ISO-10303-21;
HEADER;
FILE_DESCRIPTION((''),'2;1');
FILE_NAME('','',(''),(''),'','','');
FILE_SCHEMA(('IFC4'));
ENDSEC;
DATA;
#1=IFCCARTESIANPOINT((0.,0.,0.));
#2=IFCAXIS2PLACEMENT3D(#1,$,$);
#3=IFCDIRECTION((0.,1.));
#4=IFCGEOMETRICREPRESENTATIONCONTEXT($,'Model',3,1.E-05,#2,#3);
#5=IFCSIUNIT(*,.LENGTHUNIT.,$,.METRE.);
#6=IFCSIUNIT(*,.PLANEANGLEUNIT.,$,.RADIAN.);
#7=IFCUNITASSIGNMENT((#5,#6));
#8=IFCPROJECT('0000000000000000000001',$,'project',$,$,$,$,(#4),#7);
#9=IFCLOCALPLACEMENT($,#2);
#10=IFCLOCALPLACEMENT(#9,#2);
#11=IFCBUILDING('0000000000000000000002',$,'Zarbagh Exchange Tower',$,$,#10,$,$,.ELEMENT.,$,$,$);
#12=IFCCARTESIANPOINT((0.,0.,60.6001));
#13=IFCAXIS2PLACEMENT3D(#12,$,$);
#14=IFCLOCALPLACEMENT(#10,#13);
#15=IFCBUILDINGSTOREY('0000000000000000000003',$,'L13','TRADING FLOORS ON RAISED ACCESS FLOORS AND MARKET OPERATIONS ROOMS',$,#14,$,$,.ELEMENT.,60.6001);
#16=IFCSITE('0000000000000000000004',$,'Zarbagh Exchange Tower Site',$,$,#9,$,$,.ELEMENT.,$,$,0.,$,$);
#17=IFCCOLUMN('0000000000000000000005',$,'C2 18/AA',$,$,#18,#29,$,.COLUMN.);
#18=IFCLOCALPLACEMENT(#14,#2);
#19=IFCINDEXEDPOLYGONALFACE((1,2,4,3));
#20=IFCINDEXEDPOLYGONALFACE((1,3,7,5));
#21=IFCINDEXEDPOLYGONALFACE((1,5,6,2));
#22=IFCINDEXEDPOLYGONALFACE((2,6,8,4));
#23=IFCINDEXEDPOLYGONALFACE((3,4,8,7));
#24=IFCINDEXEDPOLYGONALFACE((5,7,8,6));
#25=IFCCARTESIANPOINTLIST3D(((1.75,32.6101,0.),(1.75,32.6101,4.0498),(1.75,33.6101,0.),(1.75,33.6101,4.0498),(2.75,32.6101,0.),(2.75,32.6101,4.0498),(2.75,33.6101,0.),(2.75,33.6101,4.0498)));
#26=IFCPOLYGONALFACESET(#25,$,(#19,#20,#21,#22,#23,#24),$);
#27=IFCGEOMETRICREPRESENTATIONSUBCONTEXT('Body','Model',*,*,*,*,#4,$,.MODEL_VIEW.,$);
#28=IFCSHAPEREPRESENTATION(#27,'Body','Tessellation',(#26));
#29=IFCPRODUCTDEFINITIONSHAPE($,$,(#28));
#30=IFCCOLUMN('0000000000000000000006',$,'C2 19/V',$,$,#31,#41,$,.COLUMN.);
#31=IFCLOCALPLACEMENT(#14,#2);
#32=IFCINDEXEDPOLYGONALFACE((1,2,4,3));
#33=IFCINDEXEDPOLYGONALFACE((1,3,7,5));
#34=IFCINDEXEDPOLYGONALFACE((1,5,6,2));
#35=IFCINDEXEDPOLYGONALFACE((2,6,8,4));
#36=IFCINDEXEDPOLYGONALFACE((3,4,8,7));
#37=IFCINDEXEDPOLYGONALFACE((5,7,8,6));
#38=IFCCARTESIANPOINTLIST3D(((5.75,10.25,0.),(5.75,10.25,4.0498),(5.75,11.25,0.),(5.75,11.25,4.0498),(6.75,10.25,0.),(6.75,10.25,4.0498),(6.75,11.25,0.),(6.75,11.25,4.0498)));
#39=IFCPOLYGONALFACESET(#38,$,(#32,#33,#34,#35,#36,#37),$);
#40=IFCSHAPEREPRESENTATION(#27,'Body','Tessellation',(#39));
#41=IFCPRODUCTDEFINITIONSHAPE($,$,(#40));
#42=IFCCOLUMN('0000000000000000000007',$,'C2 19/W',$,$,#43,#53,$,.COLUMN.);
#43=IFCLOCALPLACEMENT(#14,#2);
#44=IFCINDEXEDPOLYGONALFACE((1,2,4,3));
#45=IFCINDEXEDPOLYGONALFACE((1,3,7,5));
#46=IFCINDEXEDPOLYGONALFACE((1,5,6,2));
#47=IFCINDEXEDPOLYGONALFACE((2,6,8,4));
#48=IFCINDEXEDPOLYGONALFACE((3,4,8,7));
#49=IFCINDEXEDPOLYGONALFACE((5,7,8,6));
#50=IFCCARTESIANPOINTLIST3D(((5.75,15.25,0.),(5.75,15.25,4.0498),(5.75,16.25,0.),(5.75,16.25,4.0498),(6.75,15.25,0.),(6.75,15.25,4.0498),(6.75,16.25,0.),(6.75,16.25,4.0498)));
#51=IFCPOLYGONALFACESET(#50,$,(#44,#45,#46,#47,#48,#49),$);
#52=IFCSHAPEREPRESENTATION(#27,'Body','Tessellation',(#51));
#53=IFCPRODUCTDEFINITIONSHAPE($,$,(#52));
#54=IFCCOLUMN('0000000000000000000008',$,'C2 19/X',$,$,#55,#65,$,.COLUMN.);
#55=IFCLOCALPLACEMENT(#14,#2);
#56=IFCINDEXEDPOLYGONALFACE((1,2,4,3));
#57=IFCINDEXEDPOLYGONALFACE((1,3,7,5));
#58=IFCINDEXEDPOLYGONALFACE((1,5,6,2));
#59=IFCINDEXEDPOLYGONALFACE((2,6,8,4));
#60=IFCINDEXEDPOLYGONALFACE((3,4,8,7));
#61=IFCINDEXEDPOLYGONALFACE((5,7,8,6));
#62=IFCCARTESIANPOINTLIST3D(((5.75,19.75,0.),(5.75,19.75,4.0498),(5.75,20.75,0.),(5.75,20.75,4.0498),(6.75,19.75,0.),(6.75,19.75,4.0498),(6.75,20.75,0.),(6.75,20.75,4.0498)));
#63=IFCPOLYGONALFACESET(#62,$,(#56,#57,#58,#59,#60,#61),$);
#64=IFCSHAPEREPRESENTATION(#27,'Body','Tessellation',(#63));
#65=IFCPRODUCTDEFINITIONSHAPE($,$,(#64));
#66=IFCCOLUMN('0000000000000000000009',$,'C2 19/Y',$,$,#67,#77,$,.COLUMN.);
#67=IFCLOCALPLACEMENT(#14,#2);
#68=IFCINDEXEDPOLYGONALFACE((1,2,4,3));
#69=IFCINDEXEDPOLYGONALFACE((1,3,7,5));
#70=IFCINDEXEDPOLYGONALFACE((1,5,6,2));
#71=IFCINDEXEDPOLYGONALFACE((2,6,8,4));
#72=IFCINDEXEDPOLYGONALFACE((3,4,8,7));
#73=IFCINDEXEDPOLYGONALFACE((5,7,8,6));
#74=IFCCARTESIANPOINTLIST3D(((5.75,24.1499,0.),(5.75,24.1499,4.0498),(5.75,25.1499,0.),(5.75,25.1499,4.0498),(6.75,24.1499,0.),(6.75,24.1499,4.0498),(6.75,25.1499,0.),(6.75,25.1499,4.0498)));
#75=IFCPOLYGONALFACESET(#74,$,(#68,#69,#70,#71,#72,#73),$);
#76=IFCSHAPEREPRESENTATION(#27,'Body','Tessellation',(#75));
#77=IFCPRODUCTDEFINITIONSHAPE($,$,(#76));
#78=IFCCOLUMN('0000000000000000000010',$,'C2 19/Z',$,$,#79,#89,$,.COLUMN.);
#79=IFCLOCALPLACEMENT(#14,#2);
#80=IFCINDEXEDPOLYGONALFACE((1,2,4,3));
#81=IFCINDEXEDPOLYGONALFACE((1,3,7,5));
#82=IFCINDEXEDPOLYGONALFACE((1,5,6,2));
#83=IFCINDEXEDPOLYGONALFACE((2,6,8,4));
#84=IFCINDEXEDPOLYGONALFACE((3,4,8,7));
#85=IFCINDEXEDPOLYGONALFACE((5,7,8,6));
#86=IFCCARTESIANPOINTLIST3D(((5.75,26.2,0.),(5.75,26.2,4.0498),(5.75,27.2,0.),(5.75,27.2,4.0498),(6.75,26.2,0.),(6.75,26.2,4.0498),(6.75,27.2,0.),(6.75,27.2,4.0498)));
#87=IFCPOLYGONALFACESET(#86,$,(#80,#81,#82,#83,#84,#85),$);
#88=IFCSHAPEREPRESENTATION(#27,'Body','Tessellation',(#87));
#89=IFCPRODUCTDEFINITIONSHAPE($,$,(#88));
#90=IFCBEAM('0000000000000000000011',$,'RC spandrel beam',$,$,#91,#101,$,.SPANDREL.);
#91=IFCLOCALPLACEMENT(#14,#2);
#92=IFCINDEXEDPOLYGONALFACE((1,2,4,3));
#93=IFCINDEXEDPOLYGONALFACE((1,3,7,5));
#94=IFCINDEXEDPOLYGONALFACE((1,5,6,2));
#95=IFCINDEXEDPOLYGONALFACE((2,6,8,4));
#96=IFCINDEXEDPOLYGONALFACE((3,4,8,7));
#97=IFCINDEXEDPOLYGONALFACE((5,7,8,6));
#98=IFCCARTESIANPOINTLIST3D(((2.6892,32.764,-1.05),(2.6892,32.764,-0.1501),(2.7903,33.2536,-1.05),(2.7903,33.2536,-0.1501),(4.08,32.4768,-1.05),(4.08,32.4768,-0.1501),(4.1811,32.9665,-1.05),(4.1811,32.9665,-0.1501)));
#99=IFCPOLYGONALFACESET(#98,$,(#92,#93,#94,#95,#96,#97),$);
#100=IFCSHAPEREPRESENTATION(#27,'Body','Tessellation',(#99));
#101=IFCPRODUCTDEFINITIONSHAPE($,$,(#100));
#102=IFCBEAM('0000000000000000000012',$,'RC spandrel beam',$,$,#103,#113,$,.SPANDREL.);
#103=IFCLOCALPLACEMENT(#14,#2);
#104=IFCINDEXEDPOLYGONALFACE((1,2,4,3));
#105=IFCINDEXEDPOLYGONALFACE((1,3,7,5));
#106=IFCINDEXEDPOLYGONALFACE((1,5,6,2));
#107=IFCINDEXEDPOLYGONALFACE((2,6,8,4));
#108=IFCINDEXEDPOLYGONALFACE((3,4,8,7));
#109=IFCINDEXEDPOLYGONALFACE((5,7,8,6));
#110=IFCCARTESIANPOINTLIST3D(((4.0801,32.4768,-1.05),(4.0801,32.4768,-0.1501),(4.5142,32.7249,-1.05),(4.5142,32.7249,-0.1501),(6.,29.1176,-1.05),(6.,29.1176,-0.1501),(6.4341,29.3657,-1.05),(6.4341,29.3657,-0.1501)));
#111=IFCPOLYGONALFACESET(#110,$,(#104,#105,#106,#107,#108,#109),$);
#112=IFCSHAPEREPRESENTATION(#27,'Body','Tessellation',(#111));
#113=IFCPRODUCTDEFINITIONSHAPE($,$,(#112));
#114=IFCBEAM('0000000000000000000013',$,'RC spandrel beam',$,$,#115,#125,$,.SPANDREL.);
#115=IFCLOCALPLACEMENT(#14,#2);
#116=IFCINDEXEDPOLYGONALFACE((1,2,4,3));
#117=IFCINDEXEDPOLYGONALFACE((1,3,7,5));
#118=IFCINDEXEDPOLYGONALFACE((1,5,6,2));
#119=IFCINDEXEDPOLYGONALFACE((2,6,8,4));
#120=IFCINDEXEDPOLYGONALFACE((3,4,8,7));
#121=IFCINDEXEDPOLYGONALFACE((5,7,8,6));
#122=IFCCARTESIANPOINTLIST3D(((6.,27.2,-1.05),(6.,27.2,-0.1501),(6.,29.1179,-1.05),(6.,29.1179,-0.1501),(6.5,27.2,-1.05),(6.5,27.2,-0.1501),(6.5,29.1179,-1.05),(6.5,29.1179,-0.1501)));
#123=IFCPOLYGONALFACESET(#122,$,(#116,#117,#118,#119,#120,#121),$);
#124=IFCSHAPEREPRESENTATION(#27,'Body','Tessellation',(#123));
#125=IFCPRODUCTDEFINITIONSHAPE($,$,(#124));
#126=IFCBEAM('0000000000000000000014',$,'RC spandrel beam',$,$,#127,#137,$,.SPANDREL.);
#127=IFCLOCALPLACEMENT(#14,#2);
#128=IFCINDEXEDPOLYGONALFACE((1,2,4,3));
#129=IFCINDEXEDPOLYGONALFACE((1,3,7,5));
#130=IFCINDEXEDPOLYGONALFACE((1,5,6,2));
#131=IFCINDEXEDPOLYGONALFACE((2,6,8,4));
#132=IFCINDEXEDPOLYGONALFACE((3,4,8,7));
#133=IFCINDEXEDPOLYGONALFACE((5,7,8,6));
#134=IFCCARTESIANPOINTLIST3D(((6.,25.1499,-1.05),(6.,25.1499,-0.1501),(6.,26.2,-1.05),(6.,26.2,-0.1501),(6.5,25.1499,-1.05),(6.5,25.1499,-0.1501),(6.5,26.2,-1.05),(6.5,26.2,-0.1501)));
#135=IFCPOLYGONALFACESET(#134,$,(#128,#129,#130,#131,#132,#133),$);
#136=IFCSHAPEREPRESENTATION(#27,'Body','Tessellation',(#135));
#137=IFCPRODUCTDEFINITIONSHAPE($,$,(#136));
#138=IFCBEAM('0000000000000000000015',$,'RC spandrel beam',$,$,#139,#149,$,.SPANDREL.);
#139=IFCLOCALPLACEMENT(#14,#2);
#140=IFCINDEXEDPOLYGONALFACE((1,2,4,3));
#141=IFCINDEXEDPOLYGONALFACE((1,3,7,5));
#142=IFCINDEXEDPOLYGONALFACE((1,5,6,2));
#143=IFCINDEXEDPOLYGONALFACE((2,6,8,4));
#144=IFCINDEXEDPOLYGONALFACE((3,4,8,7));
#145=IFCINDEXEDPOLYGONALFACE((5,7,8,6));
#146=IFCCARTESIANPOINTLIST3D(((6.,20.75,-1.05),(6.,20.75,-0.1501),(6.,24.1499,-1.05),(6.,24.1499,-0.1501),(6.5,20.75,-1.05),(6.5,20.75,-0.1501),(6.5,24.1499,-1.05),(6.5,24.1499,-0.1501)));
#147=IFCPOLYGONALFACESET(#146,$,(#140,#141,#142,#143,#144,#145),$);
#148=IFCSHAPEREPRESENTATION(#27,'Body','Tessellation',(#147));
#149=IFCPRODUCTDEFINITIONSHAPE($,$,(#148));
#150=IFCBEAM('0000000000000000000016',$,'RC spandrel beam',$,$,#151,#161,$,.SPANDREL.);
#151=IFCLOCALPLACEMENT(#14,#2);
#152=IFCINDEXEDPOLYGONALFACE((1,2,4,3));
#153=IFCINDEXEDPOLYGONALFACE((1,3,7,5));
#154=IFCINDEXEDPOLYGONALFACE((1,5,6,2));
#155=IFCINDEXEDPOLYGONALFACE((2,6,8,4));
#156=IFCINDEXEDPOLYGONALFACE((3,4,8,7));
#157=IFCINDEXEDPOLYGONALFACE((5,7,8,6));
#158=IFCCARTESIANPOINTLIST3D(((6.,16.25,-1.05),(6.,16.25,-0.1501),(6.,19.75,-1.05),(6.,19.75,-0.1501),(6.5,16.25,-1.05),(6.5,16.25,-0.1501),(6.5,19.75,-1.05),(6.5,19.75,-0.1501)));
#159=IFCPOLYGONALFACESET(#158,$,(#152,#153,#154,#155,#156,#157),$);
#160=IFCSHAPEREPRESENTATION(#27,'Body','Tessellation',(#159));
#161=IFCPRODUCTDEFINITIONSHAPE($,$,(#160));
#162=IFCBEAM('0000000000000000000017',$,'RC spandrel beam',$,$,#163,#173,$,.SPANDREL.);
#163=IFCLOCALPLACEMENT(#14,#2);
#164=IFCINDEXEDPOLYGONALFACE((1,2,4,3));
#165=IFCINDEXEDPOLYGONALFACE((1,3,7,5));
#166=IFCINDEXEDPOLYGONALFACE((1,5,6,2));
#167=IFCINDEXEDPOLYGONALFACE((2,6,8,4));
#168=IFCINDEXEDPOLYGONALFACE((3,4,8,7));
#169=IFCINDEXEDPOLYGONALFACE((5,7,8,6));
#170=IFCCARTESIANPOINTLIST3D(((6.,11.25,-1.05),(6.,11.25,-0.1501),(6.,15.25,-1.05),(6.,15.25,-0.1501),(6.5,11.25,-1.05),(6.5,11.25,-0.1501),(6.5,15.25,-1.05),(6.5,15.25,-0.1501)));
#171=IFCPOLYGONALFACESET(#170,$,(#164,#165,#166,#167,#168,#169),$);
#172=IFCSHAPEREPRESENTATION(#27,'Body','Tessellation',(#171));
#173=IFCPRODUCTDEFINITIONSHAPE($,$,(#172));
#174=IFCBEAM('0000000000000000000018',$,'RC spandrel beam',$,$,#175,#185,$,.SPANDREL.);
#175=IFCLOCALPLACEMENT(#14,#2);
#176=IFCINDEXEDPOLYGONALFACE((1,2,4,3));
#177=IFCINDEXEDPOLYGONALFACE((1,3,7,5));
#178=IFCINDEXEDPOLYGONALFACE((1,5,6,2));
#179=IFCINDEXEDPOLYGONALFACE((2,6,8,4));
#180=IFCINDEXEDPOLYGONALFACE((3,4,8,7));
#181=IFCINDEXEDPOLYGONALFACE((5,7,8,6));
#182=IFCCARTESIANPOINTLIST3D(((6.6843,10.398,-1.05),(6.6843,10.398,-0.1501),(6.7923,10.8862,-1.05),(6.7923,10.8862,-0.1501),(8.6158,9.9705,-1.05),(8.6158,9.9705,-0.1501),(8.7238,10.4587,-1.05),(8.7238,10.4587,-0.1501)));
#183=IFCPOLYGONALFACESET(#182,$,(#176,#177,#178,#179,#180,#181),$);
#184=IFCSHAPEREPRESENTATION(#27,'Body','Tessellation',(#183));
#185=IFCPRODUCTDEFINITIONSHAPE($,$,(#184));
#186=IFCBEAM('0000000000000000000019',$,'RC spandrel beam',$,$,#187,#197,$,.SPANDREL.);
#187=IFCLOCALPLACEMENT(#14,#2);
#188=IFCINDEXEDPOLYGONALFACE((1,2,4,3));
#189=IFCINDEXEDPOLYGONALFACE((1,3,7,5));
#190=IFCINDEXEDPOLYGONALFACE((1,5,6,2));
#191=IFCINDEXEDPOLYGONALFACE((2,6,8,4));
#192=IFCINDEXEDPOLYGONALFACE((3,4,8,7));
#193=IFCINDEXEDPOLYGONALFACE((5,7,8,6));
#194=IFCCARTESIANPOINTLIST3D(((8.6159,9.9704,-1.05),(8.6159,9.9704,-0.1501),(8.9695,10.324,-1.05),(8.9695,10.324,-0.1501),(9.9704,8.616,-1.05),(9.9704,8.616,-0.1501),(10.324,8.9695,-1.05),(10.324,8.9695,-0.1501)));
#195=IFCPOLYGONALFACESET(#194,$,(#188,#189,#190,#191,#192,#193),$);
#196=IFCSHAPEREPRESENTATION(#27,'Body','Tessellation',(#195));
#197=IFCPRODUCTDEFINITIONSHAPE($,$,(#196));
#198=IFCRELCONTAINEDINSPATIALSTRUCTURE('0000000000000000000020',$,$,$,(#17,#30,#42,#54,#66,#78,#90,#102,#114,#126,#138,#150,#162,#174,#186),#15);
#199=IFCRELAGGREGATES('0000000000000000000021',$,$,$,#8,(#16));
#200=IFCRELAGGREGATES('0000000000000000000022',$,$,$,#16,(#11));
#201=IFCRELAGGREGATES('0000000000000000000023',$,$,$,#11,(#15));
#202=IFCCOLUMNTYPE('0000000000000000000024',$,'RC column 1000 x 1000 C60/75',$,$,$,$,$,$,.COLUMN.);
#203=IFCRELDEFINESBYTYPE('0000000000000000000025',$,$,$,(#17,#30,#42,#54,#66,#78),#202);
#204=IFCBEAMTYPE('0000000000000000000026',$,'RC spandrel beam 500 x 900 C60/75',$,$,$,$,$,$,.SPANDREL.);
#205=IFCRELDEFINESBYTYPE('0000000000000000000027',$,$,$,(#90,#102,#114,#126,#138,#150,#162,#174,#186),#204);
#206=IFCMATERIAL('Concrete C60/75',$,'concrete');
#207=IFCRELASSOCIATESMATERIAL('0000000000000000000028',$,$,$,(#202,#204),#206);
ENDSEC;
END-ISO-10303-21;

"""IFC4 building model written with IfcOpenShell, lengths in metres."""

from ifc_helpers import new_model, si_unit, direction, frame, origin, origin_2d, place, context, subcontext, project, spatial, rectangle, extrude, material, material_profile, profile_set, type_object, element, save


model = new_model("IFC4")

# Units and contexts
model_context = context("Model", 3, precision=1e-05, world=origin(), true_north=direction((0.0, 1.0)))
body_context = subcontext(model_context, "Body", "Model", "MODEL_VIEW")
ifc_project = project(units=[si_unit("LENGTHUNIT", "METRE"), si_unit("PLANEANGLEUNIT", "RADIAN")], contexts=[model_context])

# Site, building, storey
site_placement = place(None, origin())
site = spatial("IfcSite", under=ifc_project, at=site_placement, Name="Zarbagh Exchange Tower Site", CompositionType="ELEMENT", RefElevation=0.0)
building_placement = place(site_placement, origin())
building = spatial("IfcBuilding", under=site, at=building_placement, Name="Zarbagh Exchange Tower", CompositionType="ELEMENT")
storey_placement = place(building_placement, frame((0.0, 0.0, 60.6001)))
storey = spatial("IfcBuildingStorey", under=building, at=storey_placement, Name="L13", Description="TRADING FLOORS ON RAISED ACCESS FLOORS AND MARKET OPERATIONS ROOMS", CompositionType="ELEMENT", Elevation=60.6001)

# Columns
ifc_material_1 = material(Name="Concrete C60/75", Category="concrete")
ifc_material_profile_1 = material_profile(ifc_material_1, rectangle(XDim=1.0, YDim=1.0, at=origin_2d()), Name="RC column 1000 x 1000 C60/75")
ifc_profile_set_1 = profile_set([ifc_material_profile_1], Name="Concrete C60/75")
column_type = type_object("IfcColumnType", Name="RC column 1000 x 1000 C60/75", PredefinedType="COLUMN", material=ifc_profile_set_1)
for number, where, z_axis, x_axis, name in (
    (1, (2.25, 33.1101, 0.0), (0.0, 0.0, 1.0), (1.0, 0.0, 0.0), "C2 18/AA"),
    (2, (6.25, 10.75, 0.0), (0.0, 0.0, 1.0), (1.0, 0.0, 0.0), "C2 19/V"),
    (3, (6.25, 15.75, 0.0), (0.0, 0.0, 1.0), (1.0, 0.0, 0.0), "C2 19/W"),
    (4, (6.25, 20.25, 0.0), (0.0, 0.0, 1.0), (1.0, 0.0, 0.0), "C2 19/X"),
    (5, (6.25, 24.6499, 0.0), (0.0, 0.0, 1.0), (1.0, 0.0, 0.0), "C2 19/Y"),
    (6, (6.25, 26.7, 0.0), (0.0, 0.0, 1.0), (1.0, 0.0, 0.0), "C2 19/Z"),
):
    element("IfcColumn", number, at=place(storey_placement, frame(where, z_axis=z_axis, x_axis=x_axis)), inside=storey, type_object=column_type, Name=name, PredefinedType="COLUMN", context=body_context, shape_type="SweptSolid", body=[
        extrude(rectangle(XDim=1.0, YDim=1.0, at=origin_2d()), origin(), (0.0, 0.0, 1.0), 4.0498),
    ])

# Beams
ifc_material_profile_2 = material_profile(ifc_material_1, rectangle(XDim=0.5, YDim=0.8999, at=origin_2d()), Name="RC spandrel beam 500 x 900 C60/75")
ifc_profile_set_2 = profile_set([ifc_material_profile_2], Name="Concrete C60/75")
beam_type = type_object("IfcBeamType", Name="RC spandrel beam 500 x 900 C60/75", PredefinedType="SPANDREL", material=ifc_profile_set_2)
beam_1_placement = place(storey_placement, frame((2.7397, 33.0088, -0.6001), z_axis=(0.979352, -0.202162, 0.0), x_axis=(0.202162, 0.979352, 0.0)))
element("IfcBeam", 7, at=beam_1_placement, inside=storey, type_object=beam_type, Name="RC spandrel beam", PredefinedType="SPANDREL", context=body_context, shape_type="SweptSolid", body=[
    extrude(rectangle(XDim=0.5, YDim=0.8999, at=origin_2d()), origin(), (0.0, 0.0, 1.0), 1.4202),
])
beam_2_placement = place(storey_placement, frame((4.2971, 32.6008, -0.6001), z_axis=(0.49622, -0.868197, 0.0), x_axis=(0.868197, 0.49622, 0.0)))
element("IfcBeam", 8, at=beam_2_placement, inside=storey, type_object=beam_type, Name="RC spandrel beam", PredefinedType="SPANDREL", context=body_context, shape_type="SweptSolid", body=[
    extrude(rectangle(XDim=0.5, YDim=0.8999, at=origin_2d()), origin(), (0.0, 0.0, 1.0), 3.8691),
])
beam_3_placement = place(storey_placement, frame((6.25, 29.1179, -0.6001), z_axis=(0.0, -1.0, 0.0), x_axis=(1.0, 0.0, 0.0)))
element("IfcBeam", 9, at=beam_3_placement, inside=storey, type_object=beam_type, Name="RC spandrel beam", PredefinedType="SPANDREL", context=body_context, shape_type="SweptSolid", body=[
    extrude(rectangle(XDim=0.5, YDim=0.8999, at=origin_2d()), origin(), (0.0, 0.0, 1.0), 1.918),
])
beam_4_placement = place(storey_placement, frame((6.25, 26.2, -0.6001), z_axis=(0.0, -1.0, 0.0), x_axis=(1.0, 0.0, 0.0)))
element("IfcBeam", 10, at=beam_4_placement, inside=storey, type_object=beam_type, Name="RC spandrel beam", PredefinedType="SPANDREL", context=body_context, shape_type="SweptSolid", body=[
    extrude(rectangle(XDim=0.5, YDim=0.8999, at=origin_2d()), origin(), (0.0, 0.0, 1.0), 1.05),
])
beam_5_placement = place(storey_placement, frame((6.25, 24.1499, -0.6001), z_axis=(0.0, -1.0, 0.0), x_axis=(1.0, 0.0, 0.0)))
element("IfcBeam", 11, at=beam_5_placement, inside=storey, type_object=beam_type, Name="RC spandrel beam", PredefinedType="SPANDREL", context=body_context, shape_type="SweptSolid", body=[
    extrude(rectangle(XDim=0.5, YDim=0.8999, at=origin_2d()), origin(), (0.0, 0.0, 1.0), 3.3999),
])
beam_6_placement = place(storey_placement, frame((6.25, 19.75, -0.6001), z_axis=(0.0, -1.0, 0.0), x_axis=(1.0, 0.0, 0.0)))
element("IfcBeam", 12, at=beam_6_placement, inside=storey, type_object=beam_type, Name="RC spandrel beam", PredefinedType="SPANDREL", context=body_context, shape_type="SweptSolid", body=[
    extrude(rectangle(XDim=0.5, YDim=0.8999, at=origin_2d()), origin(), (0.0, 0.0, 1.0), 3.5),
])
beam_7_placement = place(storey_placement, frame((6.25, 15.25, -0.6001), z_axis=(0.0, -1.0, 0.0), x_axis=(1.0, 0.0, 0.0)))
element("IfcBeam", 13, at=beam_7_placement, inside=storey, type_object=beam_type, Name="RC spandrel beam", PredefinedType="SPANDREL", context=body_context, shape_type="SweptSolid", body=[
    extrude(rectangle(XDim=0.5, YDim=0.8999, at=origin_2d()), origin(), (0.0, 0.0, 1.0), 4.0),
])
beam_8_placement = place(storey_placement, frame((6.7383, 10.6421, -0.6001), z_axis=(0.976375, -0.216081, 0.0), x_axis=(0.216081, 0.976375, 0.0)))
element("IfcBeam", 14, at=beam_8_placement, inside=storey, type_object=beam_type, Name="RC spandrel beam", PredefinedType="SPANDREL", context=body_context, shape_type="SweptSolid", body=[
    extrude(rectangle(XDim=0.5, YDim=0.8999, at=origin_2d()), origin(), (0.0, 0.0, 1.0), 1.9783),
])
beam_9_placement = place(storey_placement, frame((8.7927, 10.1472, -0.6001), z_axis=(0.707107, -0.707107, 0.0), x_axis=(0.707107, 0.707107, 0.0)))
element("IfcBeam", 15, at=beam_9_placement, inside=storey, type_object=beam_type, Name="RC spandrel beam", PredefinedType="SPANDREL", context=body_context, shape_type="SweptSolid", body=[
    extrude(rectangle(XDim=0.5, YDim=0.8999, at=origin_2d()), origin(), (0.0, 0.0, 1.0), 1.9155),
])

save(model, "model.ifc")
